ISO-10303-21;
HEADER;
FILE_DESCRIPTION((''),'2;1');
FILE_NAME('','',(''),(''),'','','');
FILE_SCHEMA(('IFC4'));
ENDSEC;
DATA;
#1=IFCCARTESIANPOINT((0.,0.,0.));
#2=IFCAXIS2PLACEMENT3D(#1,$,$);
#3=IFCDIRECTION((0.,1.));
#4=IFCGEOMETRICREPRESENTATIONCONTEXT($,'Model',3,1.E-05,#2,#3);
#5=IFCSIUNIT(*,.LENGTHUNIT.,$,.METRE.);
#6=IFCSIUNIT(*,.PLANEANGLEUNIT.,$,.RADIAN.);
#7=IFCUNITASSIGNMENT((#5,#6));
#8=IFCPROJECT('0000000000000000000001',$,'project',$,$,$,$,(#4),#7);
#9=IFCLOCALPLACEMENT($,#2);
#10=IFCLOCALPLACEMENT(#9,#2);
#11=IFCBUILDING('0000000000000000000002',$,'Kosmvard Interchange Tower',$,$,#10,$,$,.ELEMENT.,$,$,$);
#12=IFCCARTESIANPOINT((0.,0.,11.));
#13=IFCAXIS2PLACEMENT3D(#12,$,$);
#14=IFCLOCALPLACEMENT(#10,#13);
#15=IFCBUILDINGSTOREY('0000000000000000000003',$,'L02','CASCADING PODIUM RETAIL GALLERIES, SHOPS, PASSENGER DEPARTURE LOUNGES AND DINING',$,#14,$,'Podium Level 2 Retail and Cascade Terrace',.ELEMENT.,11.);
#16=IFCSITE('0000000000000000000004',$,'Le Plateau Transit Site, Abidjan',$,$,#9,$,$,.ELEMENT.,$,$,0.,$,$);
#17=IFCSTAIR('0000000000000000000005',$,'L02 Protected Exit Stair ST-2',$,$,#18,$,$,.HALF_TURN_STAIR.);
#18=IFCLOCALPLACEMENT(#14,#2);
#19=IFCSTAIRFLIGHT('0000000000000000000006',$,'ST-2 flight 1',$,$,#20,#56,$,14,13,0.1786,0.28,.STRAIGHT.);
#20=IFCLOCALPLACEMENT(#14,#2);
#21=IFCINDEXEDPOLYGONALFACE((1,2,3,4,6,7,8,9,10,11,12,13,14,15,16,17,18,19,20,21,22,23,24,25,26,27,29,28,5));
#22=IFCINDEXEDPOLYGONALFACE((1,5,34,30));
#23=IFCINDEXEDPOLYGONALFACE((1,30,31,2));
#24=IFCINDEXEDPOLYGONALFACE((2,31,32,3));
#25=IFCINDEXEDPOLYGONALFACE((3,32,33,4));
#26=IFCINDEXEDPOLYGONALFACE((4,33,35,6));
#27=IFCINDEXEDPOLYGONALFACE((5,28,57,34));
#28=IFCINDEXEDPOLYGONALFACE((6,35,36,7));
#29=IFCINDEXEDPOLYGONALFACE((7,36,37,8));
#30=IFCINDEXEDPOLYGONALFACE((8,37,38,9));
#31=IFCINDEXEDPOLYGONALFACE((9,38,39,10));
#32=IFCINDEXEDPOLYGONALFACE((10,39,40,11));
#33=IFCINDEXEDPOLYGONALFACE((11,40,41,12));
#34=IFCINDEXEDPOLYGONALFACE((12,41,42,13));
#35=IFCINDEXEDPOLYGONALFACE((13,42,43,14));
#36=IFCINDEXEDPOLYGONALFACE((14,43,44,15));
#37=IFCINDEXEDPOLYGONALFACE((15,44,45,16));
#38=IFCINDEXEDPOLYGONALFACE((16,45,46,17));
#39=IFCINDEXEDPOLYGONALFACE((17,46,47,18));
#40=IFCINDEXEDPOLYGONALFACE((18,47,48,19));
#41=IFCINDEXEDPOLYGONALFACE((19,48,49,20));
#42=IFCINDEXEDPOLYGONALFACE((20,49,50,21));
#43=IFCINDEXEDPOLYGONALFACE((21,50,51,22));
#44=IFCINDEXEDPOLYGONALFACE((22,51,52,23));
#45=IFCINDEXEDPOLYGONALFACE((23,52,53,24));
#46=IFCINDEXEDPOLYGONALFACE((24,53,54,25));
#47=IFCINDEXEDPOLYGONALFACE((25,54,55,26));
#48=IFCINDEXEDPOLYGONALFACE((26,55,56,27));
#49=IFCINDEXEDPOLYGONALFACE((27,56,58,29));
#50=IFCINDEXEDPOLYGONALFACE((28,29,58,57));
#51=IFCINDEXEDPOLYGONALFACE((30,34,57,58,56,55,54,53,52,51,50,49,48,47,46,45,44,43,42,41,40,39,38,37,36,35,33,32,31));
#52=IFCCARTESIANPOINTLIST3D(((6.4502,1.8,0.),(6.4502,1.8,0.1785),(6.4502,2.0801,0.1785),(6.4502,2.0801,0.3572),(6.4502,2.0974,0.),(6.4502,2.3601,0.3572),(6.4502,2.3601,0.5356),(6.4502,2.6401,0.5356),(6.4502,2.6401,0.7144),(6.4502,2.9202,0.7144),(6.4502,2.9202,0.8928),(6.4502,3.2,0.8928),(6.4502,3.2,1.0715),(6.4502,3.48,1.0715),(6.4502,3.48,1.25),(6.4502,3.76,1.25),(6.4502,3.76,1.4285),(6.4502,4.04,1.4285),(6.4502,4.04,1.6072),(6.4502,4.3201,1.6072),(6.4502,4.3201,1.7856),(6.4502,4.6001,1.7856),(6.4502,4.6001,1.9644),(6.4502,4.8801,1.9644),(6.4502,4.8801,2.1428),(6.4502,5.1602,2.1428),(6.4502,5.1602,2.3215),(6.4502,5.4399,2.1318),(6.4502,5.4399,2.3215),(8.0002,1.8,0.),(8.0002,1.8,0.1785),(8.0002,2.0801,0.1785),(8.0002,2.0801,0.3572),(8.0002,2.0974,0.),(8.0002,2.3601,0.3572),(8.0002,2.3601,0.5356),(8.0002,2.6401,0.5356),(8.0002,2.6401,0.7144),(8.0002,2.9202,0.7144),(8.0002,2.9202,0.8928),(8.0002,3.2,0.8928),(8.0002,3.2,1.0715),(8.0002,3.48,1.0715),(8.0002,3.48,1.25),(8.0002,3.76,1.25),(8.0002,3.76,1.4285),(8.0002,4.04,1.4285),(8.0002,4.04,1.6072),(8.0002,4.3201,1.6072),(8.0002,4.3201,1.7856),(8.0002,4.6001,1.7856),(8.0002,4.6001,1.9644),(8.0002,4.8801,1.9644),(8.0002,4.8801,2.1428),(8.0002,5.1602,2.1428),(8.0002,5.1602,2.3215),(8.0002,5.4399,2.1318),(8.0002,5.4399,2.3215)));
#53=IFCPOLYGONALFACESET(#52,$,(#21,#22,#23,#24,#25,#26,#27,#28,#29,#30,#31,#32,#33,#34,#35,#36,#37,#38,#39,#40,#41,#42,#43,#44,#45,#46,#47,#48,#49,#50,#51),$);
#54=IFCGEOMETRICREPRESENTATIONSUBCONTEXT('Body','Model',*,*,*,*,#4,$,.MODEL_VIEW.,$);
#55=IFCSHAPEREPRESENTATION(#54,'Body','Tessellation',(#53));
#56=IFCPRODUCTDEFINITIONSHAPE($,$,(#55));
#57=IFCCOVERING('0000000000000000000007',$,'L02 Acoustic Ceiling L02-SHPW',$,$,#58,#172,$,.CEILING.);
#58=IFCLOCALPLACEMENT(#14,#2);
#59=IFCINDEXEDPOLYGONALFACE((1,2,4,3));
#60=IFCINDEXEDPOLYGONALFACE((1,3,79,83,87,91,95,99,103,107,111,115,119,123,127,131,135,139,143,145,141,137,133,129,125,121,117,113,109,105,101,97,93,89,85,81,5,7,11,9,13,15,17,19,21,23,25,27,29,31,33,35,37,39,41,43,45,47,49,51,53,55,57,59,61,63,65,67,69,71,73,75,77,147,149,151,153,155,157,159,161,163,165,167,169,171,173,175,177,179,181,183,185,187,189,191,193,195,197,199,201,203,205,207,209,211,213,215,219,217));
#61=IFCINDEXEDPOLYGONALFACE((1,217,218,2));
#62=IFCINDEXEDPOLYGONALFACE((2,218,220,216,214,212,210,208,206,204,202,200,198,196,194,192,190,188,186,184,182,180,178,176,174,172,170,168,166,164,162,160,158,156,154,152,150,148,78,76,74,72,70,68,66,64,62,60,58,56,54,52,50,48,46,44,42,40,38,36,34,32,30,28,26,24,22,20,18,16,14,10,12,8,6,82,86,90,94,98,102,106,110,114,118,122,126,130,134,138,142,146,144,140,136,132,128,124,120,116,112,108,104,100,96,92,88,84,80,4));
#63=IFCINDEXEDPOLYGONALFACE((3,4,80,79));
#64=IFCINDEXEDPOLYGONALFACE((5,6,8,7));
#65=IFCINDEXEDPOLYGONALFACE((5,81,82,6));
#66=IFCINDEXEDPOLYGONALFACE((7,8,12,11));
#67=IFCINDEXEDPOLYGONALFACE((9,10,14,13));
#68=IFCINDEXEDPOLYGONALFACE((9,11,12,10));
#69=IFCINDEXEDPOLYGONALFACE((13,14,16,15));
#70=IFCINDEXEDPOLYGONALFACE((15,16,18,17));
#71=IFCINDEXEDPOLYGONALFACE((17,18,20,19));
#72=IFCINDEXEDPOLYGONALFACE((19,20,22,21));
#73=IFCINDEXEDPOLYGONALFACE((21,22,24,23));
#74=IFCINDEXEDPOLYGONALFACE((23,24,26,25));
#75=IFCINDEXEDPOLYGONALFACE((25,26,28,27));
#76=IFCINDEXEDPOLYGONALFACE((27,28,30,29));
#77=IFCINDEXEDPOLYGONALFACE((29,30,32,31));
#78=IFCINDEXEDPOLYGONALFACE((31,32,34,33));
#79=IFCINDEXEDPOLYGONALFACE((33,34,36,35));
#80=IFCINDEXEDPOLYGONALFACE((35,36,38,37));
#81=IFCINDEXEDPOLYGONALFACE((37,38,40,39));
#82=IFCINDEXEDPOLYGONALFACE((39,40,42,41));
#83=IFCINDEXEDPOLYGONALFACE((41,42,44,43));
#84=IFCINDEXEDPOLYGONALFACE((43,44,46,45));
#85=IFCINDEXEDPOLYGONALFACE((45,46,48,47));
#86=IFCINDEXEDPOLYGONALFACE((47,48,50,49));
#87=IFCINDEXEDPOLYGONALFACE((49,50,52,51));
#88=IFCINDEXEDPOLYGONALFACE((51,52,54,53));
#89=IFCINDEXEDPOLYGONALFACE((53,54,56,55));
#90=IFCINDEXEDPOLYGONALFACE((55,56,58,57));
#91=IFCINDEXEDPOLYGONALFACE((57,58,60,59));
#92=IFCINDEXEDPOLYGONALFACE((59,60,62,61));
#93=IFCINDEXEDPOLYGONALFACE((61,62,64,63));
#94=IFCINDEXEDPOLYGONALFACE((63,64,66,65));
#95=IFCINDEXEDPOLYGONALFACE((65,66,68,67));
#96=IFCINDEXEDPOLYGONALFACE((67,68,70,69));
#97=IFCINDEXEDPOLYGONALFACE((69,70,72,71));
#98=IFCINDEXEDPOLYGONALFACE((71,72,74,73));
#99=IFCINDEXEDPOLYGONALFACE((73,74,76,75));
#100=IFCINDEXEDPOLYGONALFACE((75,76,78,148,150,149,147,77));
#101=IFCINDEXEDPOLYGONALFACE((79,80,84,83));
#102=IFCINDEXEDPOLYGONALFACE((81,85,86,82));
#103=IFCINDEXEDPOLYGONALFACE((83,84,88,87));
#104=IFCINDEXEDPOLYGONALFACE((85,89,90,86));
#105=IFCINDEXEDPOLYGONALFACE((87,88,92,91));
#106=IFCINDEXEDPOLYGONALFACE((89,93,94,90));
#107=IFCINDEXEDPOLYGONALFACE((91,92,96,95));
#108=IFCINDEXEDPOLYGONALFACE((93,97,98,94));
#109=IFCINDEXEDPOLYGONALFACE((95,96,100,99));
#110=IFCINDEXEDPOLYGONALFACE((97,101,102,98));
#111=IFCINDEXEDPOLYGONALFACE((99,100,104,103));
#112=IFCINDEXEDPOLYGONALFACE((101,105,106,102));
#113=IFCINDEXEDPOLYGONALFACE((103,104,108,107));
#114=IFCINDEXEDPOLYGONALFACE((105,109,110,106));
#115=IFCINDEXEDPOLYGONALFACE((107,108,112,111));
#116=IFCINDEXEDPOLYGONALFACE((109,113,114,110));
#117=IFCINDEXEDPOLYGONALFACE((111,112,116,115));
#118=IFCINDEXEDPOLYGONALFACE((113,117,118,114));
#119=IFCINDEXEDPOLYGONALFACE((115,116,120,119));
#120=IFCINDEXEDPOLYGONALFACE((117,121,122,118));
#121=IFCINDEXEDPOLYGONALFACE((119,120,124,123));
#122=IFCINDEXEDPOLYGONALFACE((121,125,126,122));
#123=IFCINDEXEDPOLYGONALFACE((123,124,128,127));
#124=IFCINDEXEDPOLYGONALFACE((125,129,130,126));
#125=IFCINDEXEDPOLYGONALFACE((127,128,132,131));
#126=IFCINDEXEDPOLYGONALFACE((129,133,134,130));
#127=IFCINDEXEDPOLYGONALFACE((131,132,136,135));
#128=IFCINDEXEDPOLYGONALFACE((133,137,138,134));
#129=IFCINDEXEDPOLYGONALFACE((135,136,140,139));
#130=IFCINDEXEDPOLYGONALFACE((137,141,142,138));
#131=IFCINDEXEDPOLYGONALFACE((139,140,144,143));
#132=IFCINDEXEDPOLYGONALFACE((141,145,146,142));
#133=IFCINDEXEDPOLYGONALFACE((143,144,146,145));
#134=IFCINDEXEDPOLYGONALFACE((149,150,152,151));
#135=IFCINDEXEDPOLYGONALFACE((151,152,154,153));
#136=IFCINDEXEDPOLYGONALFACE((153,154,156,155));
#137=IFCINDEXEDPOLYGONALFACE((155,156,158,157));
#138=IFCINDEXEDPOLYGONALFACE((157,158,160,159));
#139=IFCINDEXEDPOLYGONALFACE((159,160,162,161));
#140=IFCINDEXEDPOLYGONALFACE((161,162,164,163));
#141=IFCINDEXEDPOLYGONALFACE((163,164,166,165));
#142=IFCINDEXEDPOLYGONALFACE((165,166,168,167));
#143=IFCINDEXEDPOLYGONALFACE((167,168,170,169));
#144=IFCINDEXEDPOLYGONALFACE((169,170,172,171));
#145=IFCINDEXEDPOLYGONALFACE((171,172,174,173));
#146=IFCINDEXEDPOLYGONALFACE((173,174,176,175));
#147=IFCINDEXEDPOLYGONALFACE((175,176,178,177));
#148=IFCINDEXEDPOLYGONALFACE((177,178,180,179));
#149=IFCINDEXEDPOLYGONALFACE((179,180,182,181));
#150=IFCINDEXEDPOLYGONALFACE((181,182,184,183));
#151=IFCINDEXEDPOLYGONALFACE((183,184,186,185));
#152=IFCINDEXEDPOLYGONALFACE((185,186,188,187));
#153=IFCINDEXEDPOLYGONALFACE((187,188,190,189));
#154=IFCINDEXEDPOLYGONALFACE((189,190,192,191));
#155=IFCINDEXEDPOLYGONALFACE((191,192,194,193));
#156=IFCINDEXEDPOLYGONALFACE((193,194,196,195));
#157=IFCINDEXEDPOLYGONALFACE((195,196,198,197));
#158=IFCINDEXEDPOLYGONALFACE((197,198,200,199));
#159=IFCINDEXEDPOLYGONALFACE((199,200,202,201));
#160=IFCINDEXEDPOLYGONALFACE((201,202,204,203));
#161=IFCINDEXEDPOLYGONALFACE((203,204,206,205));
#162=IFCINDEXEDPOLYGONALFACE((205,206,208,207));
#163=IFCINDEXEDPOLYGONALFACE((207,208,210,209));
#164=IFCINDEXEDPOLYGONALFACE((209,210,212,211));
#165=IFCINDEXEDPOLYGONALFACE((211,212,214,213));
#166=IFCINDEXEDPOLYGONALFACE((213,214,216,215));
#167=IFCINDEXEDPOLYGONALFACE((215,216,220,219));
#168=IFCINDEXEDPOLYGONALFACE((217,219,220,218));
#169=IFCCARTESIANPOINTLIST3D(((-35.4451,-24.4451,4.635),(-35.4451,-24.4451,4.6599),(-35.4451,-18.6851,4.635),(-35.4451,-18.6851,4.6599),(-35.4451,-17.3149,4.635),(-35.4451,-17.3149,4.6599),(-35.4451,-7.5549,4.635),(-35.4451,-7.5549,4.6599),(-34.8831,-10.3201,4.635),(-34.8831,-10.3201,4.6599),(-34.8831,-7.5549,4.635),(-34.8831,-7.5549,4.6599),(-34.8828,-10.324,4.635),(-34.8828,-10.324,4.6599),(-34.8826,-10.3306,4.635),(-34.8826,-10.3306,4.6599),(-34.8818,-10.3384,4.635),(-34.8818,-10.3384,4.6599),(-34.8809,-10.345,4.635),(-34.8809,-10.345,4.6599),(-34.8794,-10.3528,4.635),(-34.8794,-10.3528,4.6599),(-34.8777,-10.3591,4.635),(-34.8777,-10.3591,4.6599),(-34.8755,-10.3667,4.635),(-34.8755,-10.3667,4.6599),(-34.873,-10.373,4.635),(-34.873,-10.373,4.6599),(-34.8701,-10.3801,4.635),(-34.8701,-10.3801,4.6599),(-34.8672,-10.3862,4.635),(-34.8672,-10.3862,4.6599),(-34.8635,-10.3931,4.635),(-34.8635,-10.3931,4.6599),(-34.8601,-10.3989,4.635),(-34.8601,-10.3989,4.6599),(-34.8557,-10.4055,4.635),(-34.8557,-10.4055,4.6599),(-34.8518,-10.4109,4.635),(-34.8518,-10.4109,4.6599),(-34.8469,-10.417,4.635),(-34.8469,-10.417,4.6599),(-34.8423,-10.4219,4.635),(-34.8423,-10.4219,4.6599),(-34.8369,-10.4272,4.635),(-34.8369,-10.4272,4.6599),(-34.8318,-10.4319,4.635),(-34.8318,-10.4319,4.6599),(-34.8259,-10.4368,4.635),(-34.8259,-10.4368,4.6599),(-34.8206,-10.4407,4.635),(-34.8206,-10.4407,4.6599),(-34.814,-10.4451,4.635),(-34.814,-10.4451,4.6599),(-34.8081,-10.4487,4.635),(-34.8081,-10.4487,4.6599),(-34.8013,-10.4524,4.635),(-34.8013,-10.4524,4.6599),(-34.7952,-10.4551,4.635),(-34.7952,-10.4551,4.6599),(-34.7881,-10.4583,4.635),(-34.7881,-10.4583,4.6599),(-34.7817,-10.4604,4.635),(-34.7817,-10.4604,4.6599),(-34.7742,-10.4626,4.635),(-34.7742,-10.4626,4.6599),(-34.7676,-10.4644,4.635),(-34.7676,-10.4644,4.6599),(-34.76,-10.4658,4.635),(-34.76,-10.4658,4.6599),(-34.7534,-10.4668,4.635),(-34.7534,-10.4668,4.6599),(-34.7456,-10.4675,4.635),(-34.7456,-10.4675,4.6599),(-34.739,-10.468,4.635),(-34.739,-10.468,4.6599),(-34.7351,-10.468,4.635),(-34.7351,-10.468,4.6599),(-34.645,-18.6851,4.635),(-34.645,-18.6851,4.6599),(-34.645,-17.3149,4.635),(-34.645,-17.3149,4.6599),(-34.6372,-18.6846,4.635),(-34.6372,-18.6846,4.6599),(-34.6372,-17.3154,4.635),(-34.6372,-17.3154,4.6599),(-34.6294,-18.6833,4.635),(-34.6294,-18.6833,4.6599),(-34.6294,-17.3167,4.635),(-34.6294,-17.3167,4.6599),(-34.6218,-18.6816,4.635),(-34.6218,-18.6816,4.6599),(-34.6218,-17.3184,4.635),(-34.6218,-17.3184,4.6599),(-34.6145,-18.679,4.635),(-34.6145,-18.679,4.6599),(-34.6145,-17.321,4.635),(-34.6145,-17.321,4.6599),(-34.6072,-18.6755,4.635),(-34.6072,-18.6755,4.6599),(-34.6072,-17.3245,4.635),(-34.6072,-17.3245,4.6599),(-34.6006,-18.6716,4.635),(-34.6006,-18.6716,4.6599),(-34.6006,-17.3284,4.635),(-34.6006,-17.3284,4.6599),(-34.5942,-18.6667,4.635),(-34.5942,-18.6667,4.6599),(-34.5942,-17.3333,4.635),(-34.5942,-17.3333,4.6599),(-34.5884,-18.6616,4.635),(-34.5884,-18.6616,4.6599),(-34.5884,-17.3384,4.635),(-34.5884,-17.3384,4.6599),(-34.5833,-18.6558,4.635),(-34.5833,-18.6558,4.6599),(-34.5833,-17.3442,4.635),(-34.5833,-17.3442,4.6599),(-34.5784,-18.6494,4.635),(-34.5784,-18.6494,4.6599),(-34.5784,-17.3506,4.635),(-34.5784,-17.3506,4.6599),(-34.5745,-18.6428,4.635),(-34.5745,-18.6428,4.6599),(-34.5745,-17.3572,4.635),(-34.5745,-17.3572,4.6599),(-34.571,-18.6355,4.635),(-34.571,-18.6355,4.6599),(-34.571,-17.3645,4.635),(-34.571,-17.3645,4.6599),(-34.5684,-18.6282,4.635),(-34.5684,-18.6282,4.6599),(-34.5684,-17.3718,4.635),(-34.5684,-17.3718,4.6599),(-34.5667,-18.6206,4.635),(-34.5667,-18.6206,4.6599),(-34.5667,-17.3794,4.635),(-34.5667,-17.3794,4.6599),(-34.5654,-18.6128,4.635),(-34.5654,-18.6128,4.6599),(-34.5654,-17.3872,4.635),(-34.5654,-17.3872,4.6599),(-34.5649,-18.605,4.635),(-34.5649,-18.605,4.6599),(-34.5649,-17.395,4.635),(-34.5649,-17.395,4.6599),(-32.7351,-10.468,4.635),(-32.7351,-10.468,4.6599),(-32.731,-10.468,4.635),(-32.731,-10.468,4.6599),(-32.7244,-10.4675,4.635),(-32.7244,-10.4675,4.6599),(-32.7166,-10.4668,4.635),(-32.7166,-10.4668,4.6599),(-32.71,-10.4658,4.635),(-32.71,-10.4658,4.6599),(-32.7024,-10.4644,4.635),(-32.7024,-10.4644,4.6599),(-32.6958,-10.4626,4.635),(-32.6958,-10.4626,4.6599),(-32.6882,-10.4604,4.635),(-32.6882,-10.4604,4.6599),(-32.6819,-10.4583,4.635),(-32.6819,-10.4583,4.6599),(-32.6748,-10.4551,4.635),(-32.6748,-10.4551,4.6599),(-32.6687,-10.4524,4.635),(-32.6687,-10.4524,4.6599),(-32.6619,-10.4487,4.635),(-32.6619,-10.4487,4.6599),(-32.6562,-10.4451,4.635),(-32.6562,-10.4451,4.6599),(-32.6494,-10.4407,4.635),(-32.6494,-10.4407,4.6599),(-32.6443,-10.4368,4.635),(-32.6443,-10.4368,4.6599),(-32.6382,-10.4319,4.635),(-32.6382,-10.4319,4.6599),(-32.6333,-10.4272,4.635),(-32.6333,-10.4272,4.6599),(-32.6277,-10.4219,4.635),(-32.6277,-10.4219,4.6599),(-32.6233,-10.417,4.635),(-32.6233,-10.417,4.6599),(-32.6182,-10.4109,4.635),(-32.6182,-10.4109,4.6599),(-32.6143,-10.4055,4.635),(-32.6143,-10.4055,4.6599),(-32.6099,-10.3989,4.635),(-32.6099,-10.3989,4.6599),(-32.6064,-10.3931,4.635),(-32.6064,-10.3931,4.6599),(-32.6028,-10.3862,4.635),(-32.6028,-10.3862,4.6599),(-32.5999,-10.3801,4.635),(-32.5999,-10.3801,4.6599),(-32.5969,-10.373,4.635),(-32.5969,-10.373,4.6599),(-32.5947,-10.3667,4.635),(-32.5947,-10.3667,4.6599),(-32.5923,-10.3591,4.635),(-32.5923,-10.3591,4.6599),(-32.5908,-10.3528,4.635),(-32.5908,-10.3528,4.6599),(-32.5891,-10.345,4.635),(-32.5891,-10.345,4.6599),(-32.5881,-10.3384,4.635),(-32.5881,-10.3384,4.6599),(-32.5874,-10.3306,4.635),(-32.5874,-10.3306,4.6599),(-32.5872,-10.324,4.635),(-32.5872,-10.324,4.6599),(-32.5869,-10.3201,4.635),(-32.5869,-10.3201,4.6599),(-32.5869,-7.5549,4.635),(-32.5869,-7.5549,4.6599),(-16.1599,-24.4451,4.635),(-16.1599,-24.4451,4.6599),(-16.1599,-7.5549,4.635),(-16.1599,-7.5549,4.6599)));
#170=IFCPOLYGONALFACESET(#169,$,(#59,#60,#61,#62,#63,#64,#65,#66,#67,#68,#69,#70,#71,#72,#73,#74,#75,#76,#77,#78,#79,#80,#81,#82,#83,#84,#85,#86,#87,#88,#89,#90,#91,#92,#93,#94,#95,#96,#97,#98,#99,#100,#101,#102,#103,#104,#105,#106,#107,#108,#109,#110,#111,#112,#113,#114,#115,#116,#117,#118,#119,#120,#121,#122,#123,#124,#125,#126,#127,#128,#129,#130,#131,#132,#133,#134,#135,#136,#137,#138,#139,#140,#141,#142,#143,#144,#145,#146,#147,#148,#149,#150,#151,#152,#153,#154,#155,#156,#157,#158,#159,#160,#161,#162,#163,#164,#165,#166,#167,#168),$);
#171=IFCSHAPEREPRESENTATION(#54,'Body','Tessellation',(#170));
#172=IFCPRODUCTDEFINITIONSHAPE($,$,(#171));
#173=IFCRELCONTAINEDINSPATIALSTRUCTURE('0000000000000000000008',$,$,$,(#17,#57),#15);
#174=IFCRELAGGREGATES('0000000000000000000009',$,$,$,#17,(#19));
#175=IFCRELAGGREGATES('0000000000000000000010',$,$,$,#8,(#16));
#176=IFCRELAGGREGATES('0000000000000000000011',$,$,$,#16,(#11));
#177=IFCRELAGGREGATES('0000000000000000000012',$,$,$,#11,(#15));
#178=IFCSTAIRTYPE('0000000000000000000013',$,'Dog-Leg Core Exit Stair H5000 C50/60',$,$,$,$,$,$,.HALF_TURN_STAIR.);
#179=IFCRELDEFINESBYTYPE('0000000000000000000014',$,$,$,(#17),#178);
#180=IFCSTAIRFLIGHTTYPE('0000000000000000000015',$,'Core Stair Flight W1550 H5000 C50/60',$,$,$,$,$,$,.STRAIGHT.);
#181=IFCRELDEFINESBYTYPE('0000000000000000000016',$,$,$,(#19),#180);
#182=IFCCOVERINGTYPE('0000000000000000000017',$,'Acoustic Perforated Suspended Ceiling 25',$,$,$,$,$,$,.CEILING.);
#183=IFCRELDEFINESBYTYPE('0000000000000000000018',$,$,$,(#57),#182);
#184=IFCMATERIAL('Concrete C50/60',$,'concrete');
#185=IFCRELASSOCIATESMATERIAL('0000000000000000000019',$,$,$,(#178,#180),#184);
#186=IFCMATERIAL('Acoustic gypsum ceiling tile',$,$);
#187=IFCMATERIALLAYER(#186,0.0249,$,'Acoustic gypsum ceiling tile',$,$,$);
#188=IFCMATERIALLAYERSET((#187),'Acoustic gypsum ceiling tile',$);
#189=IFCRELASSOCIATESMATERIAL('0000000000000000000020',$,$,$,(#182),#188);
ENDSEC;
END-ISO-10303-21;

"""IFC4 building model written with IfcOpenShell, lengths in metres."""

from ifc_helpers import new_model, si_unit, direction, frame, origin, place, context, subcontext, project, spatial, polyline, outline, extrude, source, transform, mapped, material, layer, layer_set, type_object, element, aggregate, save


model = new_model("IFC4")

# Units and contexts
model_context = context("Model", 3, precision=1e-05, world=origin(), true_north=direction((0.0, 1.0)))
body_context = subcontext(model_context, "Body", "Model", "MODEL_VIEW")
ifc_project = project(units=[si_unit("LENGTHUNIT", "METRE"), si_unit("PLANEANGLEUNIT", "RADIAN")], contexts=[model_context])

# Site, building, storey
site_placement = place(None, origin())
site = spatial("IfcSite", under=ifc_project, at=site_placement, Name="Le Plateau Transit Site, Abidjan", CompositionType="ELEMENT", RefElevation=0.0)
building_placement = place(site_placement, origin())
building = spatial("IfcBuilding", under=site, at=building_placement, Name="Kosmvard Interchange Tower", CompositionType="ELEMENT")
storey_placement = place(building_placement, frame((0.0, 0.0, 11.0)))
storey = spatial("IfcBuildingStorey", under=building, at=storey_placement, Name="L02", Description="CASCADING PODIUM RETAIL GALLERIES, SHOPS, PASSENGER DEPARTURE LOUNGES AND DINING", LongName="Podium Level 2 Retail and Cascade Terrace", CompositionType="ELEMENT", Elevation=11.0)

# Shared definitions
ifc_material_1 = material(Name="Concrete C50/60", Category="concrete")
stair_type = type_object("IfcStairType", Name="Dog-Leg Core Exit Stair H5000 C50/60", PredefinedType="HALF_TURN_STAIR", material=ifc_material_1)

# Stair, stair flight
stair_1_placement = place(storey_placement, origin())
stair_1 = element("IfcStair", 1, at=stair_1_placement, inside=storey, type_object=stair_type, Name="L02 Protected Exit Stair ST-2", PredefinedType="HALF_TURN_STAIR")
stair_flight_type = type_object("IfcStairFlightType", Name="Core Stair Flight W1550 H5000 C50/60", PredefinedType="STRAIGHT", material=ifc_material_1)
shared_shape_1 = source(origin(), body_context, "Body", "SweptSolid", [
    extrude(outline(polyline([(0.0, 0.0), (0.0, 0.1785), (0.28, 0.1785), (0.28, 0.3572), (0.5601, 0.3572), (0.5601, 0.5356), (0.8401, 0.5356), (0.8401, 0.7144), (1.1201, 0.7144), (1.1201, 0.8928), (1.3999, 0.8928), (1.3999, 1.0715), (1.6799, 1.0715), (1.6799, 1.25), (1.96, 1.25), (1.96, 1.4285), (2.24, 1.4285), (2.24, 1.6072), (2.52, 1.6072), (2.52, 1.7856), (2.8, 1.7856), (2.8, 1.9644), (3.0801, 1.9644), (3.0801, 2.1428), (3.3601, 2.1428), (3.3601, 2.3215), (3.6399, 2.3215), (3.6399, 2.5), (3.6399, 2.1318), (0.2974, 0.0), (0.0, 0.0)])), frame((0.0, 0.7749, 0.0), z_axis=(0.0, -1.0, 0.0), x_axis=(1.0, 0.0, 0.0)), (0.0, 0.0, 1.0), 1.55),
])
stair_flight_placement = place(storey_placement, frame((7.2251, 1.8, 0.0), z_axis=(0.0, 0.0, 1.0), x_axis=(0.0, 1.0, 0.0)))
stair_flight = element("IfcStairFlight", 2, at=stair_flight_placement, type_object=stair_flight_type, Name="ST-2 flight 1", NumberOfRisers=14, NumberOfTreads=13, PredefinedType="STRAIGHT", RiserHeight=0.1786, TreadLength=0.28, context=body_context, shape_type="MappedRepresentation", body=[
    mapped(shared_shape_1, transform((0.0, 0.0, 0.0), scale=1.0)),
])
aggregate(stair_1, [stair_flight])

# Covering
ifc_material_2 = material(Name="Acoustic gypsum ceiling tile")
ifc_layer_1 = layer(ifc_material_2, 0.0249, Name="Acoustic gypsum ceiling tile")
ifc_layer_set_1 = layer_set([ifc_layer_1], Name="Acoustic gypsum ceiling tile")
covering_type_1 = type_object("IfcCoveringType", Name="Acoustic Perforated Suspended Ceiling 25", PredefinedType="CEILING", material=ifc_layer_set_1)
covering_1_placement = place(storey_placement, frame((0.0, 0.0, 4.635)))
element("IfcCovering", 3, at=covering_1_placement, inside=storey, type_object=covering_type_1, Name="L02 Acoustic Ceiling L02-SHPW", PredefinedType="CEILING", context=body_context, shape_type="SweptSolid", body=[
    extrude(outline(polyline([(-34.5649, -17.395), (-34.5649, -18.605), (-34.5654, -18.6128), (-34.5667, -18.6206), (-34.5684, -18.6282), (-34.571, -18.6355), (-34.5745, -18.6428), (-34.5784, -18.6494), (-34.5833, -18.6558), (-34.5884, -18.6616), (-34.5942, -18.6667), (-34.6006, -18.6716), (-34.6072, -18.6755), (-34.6145, -18.679), (-34.6218, -18.6816), (-34.6294, -18.6833), (-34.6372, -18.6846), (-34.645, -18.6851), (-35.4451, -18.6851), (-35.4451, -24.4451), (-16.1599, -24.4451), (-16.1599, -7.5549), (-32.5869, -7.5549), (-32.5869, -10.3201), (-32.5872, -10.324), (-32.5874, -10.3306), (-32.5881, -10.3384), (-32.5891, -10.345), (-32.5908, -10.3528), (-32.5923, -10.3591), (-32.5947, -10.3667), (-32.5969, -10.373), (-32.5999, -10.3801), (-32.6028, -10.3862), (-32.6064, -10.3931), (-32.6099, -10.3989), (-32.6143, -10.4055), (-32.6182, -10.4109), (-32.6233, -10.417), (-32.6277, -10.4219), (-32.6333, -10.4272), (-32.6382, -10.4319), (-32.6443, -10.4368), (-32.6494, -10.4407), (-32.6562, -10.4451), (-32.6619, -10.4487), (-32.6687, -10.4524), (-32.6748, -10.4551), (-32.6819, -10.4583), (-32.6882, -10.4604), (-32.6958, -10.4626), (-32.7024, -10.4644), (-32.71, -10.4658), (-32.7166, -10.4668), (-32.7244, -10.4675), (-32.731, -10.468), (-32.7351, -10.468), (-34.7351, -10.468), (-34.739, -10.468), (-34.7456, -10.4675), (-34.7534, -10.4668), (-34.76, -10.4658), (-34.7676, -10.4644), (-34.7742, -10.4626), (-34.7817, -10.4604), (-34.7881, -10.4583), (-34.7952, -10.4551), (-34.8013, -10.4524), (-34.8081, -10.4487), (-34.814, -10.4451), (-34.8206, -10.4407), (-34.8259, -10.4368), (-34.8318, -10.4319), (-34.8369, -10.4272), (-34.8423, -10.4219), (-34.8469, -10.417), (-34.8518, -10.4109), (-34.8557, -10.4055), (-34.8601, -10.3989), (-34.8635, -10.3931), (-34.8672, -10.3862), (-34.8701, -10.3801), (-34.873, -10.373), (-34.8755, -10.3667), (-34.8777, -10.3591), (-34.8794, -10.3528), (-34.8809, -10.345), (-34.8818, -10.3384), (-34.8826, -10.3306), (-34.8828, -10.324), (-34.8831, -10.3201), (-34.8831, -7.5549), (-35.4451, -7.5549), (-35.4451, -17.3149), (-34.645, -17.3149), (-34.6372, -17.3154), (-34.6294, -17.3167), (-34.6218, -17.3184), (-34.6145, -17.321), (-34.6072, -17.3245), (-34.6006, -17.3284), (-34.5942, -17.3333), (-34.5884, -17.3384), (-34.5833, -17.3442), (-34.5784, -17.3506), (-34.5745, -17.3572), (-34.571, -17.3645), (-34.5684, -17.3718), (-34.5667, -17.3794), (-34.5654, -17.3872), (-34.5649, -17.395)])), origin(), (0.0, 0.0, 1.0), 0.0249),
])

save(model, "model.ifc")
